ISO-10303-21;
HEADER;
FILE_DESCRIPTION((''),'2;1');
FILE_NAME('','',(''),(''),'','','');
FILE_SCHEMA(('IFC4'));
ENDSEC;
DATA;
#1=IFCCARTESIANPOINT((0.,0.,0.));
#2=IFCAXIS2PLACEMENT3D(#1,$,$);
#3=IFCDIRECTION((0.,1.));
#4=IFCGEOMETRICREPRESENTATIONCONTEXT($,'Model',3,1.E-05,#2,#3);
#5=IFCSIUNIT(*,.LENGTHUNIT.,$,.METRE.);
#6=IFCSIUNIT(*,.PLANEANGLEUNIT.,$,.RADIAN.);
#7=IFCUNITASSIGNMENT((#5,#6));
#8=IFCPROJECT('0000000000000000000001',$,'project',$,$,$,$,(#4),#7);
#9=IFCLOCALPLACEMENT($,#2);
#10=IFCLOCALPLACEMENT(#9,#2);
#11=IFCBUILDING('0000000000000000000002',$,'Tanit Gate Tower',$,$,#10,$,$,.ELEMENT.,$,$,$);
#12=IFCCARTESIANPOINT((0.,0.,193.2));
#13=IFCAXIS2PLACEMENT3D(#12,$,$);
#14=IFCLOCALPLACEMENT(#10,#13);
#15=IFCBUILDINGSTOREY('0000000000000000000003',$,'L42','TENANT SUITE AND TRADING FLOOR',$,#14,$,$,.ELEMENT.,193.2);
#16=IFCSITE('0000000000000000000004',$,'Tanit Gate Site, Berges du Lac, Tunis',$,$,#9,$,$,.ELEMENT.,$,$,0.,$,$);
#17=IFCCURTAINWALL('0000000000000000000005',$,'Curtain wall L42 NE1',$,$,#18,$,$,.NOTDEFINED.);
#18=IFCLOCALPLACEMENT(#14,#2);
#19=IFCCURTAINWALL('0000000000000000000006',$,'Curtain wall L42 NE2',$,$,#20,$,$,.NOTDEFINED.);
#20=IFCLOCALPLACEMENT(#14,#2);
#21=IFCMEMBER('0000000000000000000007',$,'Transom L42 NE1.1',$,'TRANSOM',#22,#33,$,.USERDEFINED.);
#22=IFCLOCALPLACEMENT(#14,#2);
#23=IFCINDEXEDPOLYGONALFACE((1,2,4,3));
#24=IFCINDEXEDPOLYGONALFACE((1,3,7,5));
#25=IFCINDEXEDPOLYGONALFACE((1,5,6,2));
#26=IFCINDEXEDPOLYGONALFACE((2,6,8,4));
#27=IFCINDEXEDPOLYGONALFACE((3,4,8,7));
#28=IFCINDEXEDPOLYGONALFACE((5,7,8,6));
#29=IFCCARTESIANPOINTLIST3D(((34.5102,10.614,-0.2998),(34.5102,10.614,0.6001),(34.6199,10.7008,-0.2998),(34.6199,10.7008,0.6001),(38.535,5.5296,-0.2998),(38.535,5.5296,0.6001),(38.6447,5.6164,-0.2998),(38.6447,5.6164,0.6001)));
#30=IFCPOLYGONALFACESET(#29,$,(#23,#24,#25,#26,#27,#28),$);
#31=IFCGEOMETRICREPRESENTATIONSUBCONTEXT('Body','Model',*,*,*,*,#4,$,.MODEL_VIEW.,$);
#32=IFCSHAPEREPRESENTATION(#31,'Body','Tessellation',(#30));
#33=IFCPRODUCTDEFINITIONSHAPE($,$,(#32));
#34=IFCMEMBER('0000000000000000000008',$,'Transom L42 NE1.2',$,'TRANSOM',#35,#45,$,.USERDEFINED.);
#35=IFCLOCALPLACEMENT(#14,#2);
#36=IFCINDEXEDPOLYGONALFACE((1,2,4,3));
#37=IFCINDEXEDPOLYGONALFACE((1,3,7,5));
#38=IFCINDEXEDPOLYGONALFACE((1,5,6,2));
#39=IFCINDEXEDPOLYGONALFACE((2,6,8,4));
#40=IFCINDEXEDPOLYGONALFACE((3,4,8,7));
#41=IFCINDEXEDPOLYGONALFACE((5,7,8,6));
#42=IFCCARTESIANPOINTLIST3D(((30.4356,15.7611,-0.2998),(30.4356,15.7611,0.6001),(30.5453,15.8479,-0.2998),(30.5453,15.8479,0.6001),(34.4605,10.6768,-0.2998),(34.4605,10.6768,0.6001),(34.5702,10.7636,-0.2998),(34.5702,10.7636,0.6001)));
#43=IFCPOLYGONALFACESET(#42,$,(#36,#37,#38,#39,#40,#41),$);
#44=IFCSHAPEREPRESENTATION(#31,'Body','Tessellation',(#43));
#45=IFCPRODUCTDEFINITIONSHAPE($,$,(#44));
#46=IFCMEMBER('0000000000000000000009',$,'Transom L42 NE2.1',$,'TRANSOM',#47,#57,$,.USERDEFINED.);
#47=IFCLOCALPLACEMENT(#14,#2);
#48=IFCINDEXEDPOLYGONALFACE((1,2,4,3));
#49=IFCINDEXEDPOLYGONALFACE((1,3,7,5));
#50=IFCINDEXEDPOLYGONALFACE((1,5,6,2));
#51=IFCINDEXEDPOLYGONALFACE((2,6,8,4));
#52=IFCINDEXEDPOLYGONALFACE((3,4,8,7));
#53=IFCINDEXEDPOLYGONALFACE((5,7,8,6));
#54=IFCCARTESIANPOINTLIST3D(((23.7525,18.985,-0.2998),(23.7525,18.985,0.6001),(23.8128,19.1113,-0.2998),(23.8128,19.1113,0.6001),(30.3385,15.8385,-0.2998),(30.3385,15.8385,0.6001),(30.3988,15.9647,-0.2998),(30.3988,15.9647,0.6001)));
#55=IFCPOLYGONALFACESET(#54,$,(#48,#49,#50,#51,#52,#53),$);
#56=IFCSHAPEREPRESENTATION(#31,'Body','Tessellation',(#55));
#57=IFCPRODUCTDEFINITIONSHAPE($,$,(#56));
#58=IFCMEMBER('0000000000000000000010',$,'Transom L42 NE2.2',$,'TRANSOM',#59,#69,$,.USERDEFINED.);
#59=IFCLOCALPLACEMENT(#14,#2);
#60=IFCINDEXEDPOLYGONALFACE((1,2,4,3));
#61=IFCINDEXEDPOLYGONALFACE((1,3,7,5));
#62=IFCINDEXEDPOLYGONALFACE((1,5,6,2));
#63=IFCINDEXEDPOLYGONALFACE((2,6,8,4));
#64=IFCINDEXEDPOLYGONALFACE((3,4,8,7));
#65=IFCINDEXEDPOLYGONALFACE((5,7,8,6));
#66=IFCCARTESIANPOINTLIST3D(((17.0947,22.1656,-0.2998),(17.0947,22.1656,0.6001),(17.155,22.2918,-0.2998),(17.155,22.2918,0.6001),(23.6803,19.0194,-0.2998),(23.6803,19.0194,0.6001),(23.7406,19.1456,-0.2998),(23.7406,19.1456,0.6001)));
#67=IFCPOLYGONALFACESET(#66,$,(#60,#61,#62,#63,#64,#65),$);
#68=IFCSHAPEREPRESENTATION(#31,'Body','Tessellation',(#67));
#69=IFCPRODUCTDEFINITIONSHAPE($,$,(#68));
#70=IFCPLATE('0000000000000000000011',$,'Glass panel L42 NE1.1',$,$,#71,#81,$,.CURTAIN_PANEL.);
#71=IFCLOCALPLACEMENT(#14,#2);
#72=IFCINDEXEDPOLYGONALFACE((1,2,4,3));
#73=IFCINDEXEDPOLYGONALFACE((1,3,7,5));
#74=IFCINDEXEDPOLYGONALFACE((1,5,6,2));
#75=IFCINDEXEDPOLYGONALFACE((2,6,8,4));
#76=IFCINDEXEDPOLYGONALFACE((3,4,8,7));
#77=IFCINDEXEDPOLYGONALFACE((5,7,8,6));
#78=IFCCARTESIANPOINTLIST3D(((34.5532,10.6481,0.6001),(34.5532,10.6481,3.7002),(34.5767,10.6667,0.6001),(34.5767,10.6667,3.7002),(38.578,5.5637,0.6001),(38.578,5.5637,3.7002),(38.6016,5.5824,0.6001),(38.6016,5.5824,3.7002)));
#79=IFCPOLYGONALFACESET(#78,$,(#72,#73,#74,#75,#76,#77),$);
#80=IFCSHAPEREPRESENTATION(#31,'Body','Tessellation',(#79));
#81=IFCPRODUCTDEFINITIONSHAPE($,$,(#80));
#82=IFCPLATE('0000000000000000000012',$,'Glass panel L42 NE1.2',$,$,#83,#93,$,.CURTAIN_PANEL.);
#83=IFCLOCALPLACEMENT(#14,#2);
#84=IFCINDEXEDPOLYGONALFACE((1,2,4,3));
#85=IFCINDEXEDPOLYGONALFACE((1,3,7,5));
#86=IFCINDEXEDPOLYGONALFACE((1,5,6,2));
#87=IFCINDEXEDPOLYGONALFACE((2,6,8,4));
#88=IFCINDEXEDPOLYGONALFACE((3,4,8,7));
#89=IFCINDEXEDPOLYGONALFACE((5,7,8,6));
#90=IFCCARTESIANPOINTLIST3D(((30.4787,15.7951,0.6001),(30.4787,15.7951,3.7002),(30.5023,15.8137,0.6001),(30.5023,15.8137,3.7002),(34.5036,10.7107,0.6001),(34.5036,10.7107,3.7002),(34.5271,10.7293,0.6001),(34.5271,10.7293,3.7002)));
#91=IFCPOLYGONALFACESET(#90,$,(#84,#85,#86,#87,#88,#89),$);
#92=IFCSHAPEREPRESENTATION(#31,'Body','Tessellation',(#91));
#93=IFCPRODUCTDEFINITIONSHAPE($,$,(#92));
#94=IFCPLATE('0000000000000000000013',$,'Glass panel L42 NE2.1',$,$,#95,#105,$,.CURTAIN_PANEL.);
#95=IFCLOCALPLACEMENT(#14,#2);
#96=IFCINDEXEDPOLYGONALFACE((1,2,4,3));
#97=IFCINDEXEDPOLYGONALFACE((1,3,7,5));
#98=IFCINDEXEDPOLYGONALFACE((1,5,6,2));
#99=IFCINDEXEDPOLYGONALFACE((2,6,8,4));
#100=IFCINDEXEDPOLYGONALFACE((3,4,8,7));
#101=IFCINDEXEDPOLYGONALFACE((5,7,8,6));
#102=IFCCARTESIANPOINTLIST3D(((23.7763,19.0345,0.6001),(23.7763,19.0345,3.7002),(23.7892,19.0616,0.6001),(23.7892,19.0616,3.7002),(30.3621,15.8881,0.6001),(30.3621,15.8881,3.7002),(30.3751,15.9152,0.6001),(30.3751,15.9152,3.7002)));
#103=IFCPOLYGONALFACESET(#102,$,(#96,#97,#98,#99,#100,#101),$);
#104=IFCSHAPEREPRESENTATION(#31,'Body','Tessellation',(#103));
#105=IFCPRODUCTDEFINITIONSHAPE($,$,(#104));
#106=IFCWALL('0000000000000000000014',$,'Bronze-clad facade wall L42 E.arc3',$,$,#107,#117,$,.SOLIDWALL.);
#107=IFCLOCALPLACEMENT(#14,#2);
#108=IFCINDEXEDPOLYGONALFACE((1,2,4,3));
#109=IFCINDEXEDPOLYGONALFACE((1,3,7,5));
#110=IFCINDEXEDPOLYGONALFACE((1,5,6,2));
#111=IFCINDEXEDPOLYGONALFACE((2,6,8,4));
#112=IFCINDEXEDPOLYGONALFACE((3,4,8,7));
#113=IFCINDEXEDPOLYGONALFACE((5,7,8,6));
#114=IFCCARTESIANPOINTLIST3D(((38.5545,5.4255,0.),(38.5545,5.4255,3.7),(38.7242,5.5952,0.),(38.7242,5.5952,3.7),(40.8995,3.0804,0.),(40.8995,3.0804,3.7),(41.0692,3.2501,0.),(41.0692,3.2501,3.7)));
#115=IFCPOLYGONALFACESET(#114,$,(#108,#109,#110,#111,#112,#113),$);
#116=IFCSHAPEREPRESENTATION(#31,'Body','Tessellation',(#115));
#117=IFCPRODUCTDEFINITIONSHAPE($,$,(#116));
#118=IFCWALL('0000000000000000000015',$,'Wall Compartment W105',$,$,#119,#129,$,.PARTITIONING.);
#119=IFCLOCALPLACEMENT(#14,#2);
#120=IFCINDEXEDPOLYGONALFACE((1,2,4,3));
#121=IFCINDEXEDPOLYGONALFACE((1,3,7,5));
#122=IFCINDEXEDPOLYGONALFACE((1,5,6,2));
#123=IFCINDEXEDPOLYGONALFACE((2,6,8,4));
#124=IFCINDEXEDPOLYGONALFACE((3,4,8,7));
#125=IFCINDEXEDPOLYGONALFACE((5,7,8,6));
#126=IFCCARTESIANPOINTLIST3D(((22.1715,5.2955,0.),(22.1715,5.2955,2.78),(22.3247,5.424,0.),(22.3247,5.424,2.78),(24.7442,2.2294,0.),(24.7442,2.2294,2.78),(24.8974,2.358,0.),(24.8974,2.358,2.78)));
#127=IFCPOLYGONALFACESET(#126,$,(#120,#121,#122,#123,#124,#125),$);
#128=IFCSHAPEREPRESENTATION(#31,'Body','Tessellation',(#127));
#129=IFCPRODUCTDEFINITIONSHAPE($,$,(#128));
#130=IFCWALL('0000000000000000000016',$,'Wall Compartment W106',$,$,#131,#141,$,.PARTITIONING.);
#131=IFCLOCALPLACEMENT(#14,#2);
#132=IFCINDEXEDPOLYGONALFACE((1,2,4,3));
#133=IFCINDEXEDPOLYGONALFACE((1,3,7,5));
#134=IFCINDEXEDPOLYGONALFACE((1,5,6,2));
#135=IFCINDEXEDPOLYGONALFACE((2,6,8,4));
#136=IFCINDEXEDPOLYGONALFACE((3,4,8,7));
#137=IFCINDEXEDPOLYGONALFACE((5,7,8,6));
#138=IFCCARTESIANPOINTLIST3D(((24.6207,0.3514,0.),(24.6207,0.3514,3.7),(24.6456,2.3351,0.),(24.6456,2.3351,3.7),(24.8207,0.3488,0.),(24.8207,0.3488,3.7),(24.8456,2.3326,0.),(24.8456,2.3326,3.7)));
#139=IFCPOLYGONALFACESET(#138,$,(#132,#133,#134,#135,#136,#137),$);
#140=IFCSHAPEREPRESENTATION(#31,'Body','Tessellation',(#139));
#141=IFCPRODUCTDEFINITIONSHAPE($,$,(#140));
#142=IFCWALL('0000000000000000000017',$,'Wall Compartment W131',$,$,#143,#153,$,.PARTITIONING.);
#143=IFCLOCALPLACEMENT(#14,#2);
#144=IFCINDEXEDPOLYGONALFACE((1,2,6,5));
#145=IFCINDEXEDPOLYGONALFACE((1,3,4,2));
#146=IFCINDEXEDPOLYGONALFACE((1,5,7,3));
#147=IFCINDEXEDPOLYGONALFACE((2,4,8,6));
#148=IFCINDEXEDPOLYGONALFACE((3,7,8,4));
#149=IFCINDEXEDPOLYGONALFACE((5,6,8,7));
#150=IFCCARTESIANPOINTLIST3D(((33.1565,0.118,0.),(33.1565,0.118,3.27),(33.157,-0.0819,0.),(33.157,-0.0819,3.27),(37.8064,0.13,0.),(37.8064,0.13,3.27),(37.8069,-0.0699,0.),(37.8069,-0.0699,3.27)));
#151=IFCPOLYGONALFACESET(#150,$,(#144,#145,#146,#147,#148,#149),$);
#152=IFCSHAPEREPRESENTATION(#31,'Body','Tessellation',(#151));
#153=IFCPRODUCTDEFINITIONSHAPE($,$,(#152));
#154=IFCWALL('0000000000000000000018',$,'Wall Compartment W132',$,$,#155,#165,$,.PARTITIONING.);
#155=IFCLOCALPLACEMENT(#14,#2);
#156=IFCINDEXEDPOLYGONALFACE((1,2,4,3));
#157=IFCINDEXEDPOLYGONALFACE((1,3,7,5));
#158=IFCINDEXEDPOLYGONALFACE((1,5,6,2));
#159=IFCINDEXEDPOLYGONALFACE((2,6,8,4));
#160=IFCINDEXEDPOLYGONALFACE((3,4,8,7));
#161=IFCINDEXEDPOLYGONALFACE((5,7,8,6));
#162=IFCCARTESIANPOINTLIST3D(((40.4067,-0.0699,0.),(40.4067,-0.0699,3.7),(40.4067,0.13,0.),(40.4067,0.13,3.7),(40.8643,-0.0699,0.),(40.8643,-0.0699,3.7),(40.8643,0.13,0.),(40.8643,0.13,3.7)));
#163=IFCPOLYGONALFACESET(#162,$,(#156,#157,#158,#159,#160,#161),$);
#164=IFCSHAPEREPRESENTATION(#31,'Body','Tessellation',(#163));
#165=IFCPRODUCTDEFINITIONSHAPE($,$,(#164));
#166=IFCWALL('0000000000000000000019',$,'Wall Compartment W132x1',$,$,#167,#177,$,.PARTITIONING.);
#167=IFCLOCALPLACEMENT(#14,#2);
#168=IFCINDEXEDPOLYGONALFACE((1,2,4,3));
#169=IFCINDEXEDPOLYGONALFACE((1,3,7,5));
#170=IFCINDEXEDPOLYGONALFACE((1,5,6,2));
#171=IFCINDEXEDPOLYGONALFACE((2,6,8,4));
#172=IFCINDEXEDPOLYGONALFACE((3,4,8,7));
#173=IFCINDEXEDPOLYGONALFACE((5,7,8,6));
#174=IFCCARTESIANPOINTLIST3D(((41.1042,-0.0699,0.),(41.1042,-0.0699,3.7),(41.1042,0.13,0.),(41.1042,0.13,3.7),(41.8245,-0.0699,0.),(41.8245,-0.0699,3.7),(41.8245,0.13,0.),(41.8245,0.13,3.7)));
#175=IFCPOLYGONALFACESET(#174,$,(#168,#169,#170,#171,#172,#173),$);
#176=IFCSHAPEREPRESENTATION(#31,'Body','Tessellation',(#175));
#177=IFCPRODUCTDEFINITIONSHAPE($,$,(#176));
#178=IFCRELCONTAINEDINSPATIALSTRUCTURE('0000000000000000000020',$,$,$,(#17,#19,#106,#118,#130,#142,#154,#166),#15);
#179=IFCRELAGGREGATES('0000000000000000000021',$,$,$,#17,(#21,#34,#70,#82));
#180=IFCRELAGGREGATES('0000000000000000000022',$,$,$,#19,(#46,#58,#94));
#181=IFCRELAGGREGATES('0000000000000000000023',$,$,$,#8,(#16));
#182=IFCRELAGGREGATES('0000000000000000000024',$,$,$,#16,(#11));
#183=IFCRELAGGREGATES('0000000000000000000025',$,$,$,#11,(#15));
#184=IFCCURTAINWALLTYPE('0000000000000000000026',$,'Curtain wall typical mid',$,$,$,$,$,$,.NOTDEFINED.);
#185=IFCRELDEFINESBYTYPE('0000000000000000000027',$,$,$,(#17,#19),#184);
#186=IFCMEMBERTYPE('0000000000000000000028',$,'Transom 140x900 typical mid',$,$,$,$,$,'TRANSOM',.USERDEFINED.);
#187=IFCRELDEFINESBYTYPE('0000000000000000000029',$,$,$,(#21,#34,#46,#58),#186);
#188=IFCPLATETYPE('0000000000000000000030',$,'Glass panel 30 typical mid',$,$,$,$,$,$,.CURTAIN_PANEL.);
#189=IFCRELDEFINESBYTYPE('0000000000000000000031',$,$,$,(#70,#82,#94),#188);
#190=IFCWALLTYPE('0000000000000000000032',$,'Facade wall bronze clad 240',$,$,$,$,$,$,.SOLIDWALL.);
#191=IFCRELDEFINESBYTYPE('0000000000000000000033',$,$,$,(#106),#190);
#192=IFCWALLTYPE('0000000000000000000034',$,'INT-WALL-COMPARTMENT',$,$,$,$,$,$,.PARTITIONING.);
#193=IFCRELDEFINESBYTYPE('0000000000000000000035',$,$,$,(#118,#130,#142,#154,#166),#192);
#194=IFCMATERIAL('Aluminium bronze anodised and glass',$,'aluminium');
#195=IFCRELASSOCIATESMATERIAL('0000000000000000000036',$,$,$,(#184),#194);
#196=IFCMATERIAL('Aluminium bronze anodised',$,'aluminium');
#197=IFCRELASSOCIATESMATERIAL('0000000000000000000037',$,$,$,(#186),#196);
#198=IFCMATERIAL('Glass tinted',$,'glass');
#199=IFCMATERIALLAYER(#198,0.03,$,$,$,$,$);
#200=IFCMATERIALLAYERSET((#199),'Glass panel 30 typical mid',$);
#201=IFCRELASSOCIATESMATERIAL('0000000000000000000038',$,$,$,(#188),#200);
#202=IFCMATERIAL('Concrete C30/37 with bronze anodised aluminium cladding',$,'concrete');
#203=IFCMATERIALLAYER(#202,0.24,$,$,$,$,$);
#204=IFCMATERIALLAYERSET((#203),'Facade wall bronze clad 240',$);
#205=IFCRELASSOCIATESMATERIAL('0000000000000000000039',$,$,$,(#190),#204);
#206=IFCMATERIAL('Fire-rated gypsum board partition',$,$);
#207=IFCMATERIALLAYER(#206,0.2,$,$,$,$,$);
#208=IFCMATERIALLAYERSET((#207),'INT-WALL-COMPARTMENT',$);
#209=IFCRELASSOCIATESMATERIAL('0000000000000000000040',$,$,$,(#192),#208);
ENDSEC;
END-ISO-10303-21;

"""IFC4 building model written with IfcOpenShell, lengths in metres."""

from ifc_helpers import new_model, si_unit, direction, frame, frame_2d, origin, origin_2d, place, context, subcontext, project, spatial, rectangle, extrude, material, layer, layer_set, material_profile, profile_set, type_object, element, aggregate, save


model = new_model("IFC4")

# Units and contexts
model_context = context("Model", 3, precision=1e-05, world=origin(), true_north=direction((0.0, 1.0)))
body_context = subcontext(model_context, "Body", "Model", "MODEL_VIEW")
ifc_project = project(units=[si_unit("LENGTHUNIT", "METRE"), si_unit("PLANEANGLEUNIT", "RADIAN")], contexts=[model_context])

# Site, building, storey
site_placement = place(None, origin())
site = spatial("IfcSite", under=ifc_project, at=site_placement, Name="Tanit Gate Site, Berges du Lac, Tunis", CompositionType="ELEMENT", RefElevation=0.0)
building_placement = place(site_placement, origin())
building = spatial("IfcBuilding", under=site, at=building_placement, Name="Tanit Gate Tower", CompositionType="ELEMENT")
storey_placement = place(building_placement, frame((0.0, 0.0, 193.2)))
storey = spatial("IfcBuildingStorey", under=building, at=storey_placement, Name="L42", Description="TENANT SUITE AND TRADING FLOOR", CompositionType="ELEMENT", Elevation=193.2)

# Curtain walls
ifc_material_1 = material(Name="Aluminium bronze anodised and glass", Category="aluminium")
curtain_wall_type = type_object("IfcCurtainWallType", Name="Curtain wall typical mid", PredefinedType="NOTDEFINED", material=ifc_material_1)
curtain_wall_1_placement = place(storey_placement, origin())
curtain_wall_1 = element("IfcCurtainWall", 1, at=curtain_wall_1_placement, inside=storey, type_object=curtain_wall_type, Name="Curtain wall L42 NE1", PredefinedType="NOTDEFINED")
curtain_wall_2_placement = place(storey_placement, origin())
curtain_wall_2 = element("IfcCurtainWall", 2, at=curtain_wall_2_placement, inside=storey, type_object=curtain_wall_type, Name="Curtain wall L42 NE2", PredefinedType="NOTDEFINED")

# Members
ifc_material_2 = material(Name="Aluminium bronze anodised", Category="aluminium")
ifc_material_profile_1 = material_profile(ifc_material_2, rectangle(XDim=0.1399, YDim=0.8999, at=origin_2d()), Name="140x900 bronze transom")
ifc_profile_set_1 = profile_set([ifc_material_profile_1], Name="Aluminium bronze anodised")
member_type_1 = type_object("IfcMemberType", Name="Transom 140x900 typical mid", ElementType="TRANSOM", PredefinedType="USERDEFINED", material=ifc_profile_set_1)
member_1_placement = place(storey_placement, frame((38.5898, 5.573, 0.1501), z_axis=(-0.620674, 0.784069, 0.0), x_axis=(-0.784069, -0.620674, 0.0)))
member_1 = element("IfcMember", 3, at=member_1_placement, type_object=member_type_1, Name="Transom L42 NE1.1", ObjectType="TRANSOM", PredefinedType="USERDEFINED", context=body_context, shape_type="SweptSolid", body=[
    extrude(rectangle(XDim=0.1399, YDim=0.8999, at=origin_2d()), origin(), (0.0, 0.0, 1.0), 6.4846),
])
member_2_placement = place(storey_placement, frame((34.5154, 10.7202, 0.1501), z_axis=(-0.620692, 0.784054, 0.0), x_axis=(-0.784054, -0.620692, 0.0)))
member_2 = element("IfcMember", 4, at=member_2_placement, type_object=member_type_1, Name="Transom L42 NE1.2", ObjectType="TRANSOM", PredefinedType="USERDEFINED", context=body_context, shape_type="SweptSolid", body=[
    extrude(rectangle(XDim=0.1399, YDim=0.8999, at=origin_2d()), origin(), (0.0, 0.0, 1.0), 6.4846),
])
member_3_placement = place(storey_placement, frame((30.3687, 15.9016, 0.1501), z_axis=(-0.902311, 0.431086, 0.0), x_axis=(-0.431086, -0.902311, 0.0)))
member_3 = element("IfcMember", 5, at=member_3_placement, type_object=member_type_1, Name="Transom L42 NE2.1", ObjectType="TRANSOM", PredefinedType="USERDEFINED", context=body_context, shape_type="SweptSolid", body=[
    extrude(rectangle(XDim=0.1399, YDim=0.8999, at=origin_2d()), origin(), (0.0, 0.0, 1.0), 7.2991),
])
member_4_placement = place(storey_placement, frame((23.7104, 19.0825, 0.1501), z_axis=(-0.902318, 0.431072, 0.0), x_axis=(-0.431072, -0.902318, 0.0)))
member_4 = element("IfcMember", 6, at=member_4_placement, type_object=member_type_1, Name="Transom L42 NE2.2", ObjectType="TRANSOM", PredefinedType="USERDEFINED", context=body_context, shape_type="SweptSolid", body=[
    extrude(rectangle(XDim=0.1399, YDim=0.8999, at=origin_2d()), origin(), (0.0, 0.0, 1.0), 7.2986),
])

# Plates
ifc_material_3 = material(Name="Glass tinted", Category="glass")
ifc_layer_1 = layer(ifc_material_3, 0.03)
ifc_layer_set_1 = layer_set([ifc_layer_1], Name="Glass panel 30 typical mid")
plate_type = type_object("IfcPlateType", Name="Glass panel 30 typical mid", PredefinedType="CURTAIN_PANEL", material=ifc_layer_set_1)
plate_1_placement = place(storey_placement, frame((36.5774, 8.1152, 0.6001), z_axis=(0.0, 0.0, 1.0), x_axis=(-0.620675, 0.784068, 0.0)))
plate_1 = element("IfcPlate", 7, at=plate_1_placement, type_object=plate_type, Name="Glass panel L42 NE1.1", PredefinedType="CURTAIN_PANEL", context=body_context, shape_type="SweptSolid", body=[
    extrude(rectangle(XDim=6.4846, YDim=0.03, at=origin_2d()), origin(), (0.0, 0.0, 1.0), 3.1001),
])
plate_2_placement = place(storey_placement, frame((32.5029, 13.2622, 0.6001), z_axis=(0.0, 0.0, 1.0), x_axis=(-0.620675, 0.784068, 0.0)))
plate_2 = element("IfcPlate", 8, at=plate_2_placement, type_object=plate_type, Name="Glass panel L42 NE1.2", PredefinedType="CURTAIN_PANEL", context=body_context, shape_type="SweptSolid", body=[
    extrude(rectangle(XDim=6.4846, YDim=0.03, at=origin_2d()), origin(), (0.0, 0.0, 1.0), 3.1001),
])
aggregate(curtain_wall_1, [member_1, member_2, plate_1, plate_2])
plate_3_placement = place(storey_placement, frame((27.0757, 17.4749, 0.6001), z_axis=(0.0, 0.0, 1.0), x_axis=(-0.902317, 0.431073, 0.0)))
plate_3 = element("IfcPlate", 9, at=plate_3_placement, type_object=plate_type, Name="Glass panel L42 NE2.1", PredefinedType="CURTAIN_PANEL", context=body_context, shape_type="SweptSolid", body=[
    extrude(rectangle(XDim=7.2988, YDim=0.03, at=origin_2d()), origin(), (0.0, 0.0, 1.0), 3.1001),
])
aggregate(curtain_wall_2, [member_3, member_4, plate_3])

# Walls
ifc_material_4 = material(Name="Concrete C30/37 with bronze anodised aluminium cladding", Category="concrete")
ifc_layer_2 = layer(ifc_material_4, 0.24)
ifc_layer_set_2 = layer_set([ifc_layer_2], Name="Facade wall bronze clad 240")
wall_type_1 = type_object("IfcWallType", Name="Facade wall bronze clad 240", PredefinedType="SOLIDWALL", material=ifc_layer_set_2)
wall_1_placement = place(storey_placement, frame((40.9844, 3.1653, 0.0), z_axis=(0.0, 0.0, 1.0), x_axis=(-0.707107, 0.707107, 0.0)))
element("IfcWall", 10, at=wall_1_placement, inside=storey, type_object=wall_type_1, Name="Bronze-clad facade wall L42 E.arc3", PredefinedType="SOLIDWALL", context=body_context, shape_type="SweptSolid", body=[
    extrude(rectangle(XDim=3.3164, YDim=0.24, at=frame_2d((1.6582, 0.0))), origin(), (0.0, 0.0, 1.0), 3.7),
])
ifc_material_5 = material(Name="Fire-rated gypsum board partition")
ifc_layer_3 = layer(ifc_material_5, 0.2)
ifc_layer_set_3 = layer_set([ifc_layer_3], Name="INT-WALL-COMPARTMENT")
wall_type_2 = type_object("IfcWallType", Name="INT-WALL-COMPARTMENT", PredefinedType="PARTITIONING", material=ifc_layer_set_3)
wall_2_placement = place(storey_placement, frame((24.8208, 2.2937, 0.0), z_axis=(0.0, 0.0, 1.0), x_axis=(-0.642779, 0.766052, 0.0)))
element("IfcWall", 11, at=wall_2_placement, inside=storey, type_object=wall_type_2, Name="Wall Compartment W105", PredefinedType="PARTITIONING", context=body_context, shape_type="SweptSolid", body=[
    extrude(rectangle(XDim=4.0024, YDim=0.2, at=frame_2d((2.0012, 0.0))), origin(), (0.0, 0.0, 1.0), 2.78),
])
wall_3_placement = place(storey_placement, frame((24.7207, 0.3501, 0.0), z_axis=(0.0, 0.0, 1.0), x_axis=(0.012553, 0.999921, 0.0)))
element("IfcWall", 12, at=wall_3_placement, inside=storey, type_object=wall_type_2, Name="Wall Compartment W106", PredefinedType="PARTITIONING", context=body_context, shape_type="SweptSolid", body=[
    extrude(rectangle(XDim=1.9839, YDim=0.2, at=frame_2d((0.9919, 0.0))), origin(), (0.0, 0.0, 1.0), 3.7),
])
wall_4_placement = place(storey_placement, frame((33.1567, 0.0181, 0.0), z_axis=(0.0, 0.0, 1.0), x_axis=(0.999997, 0.002573, 0.0)))
element("IfcWall", 13, at=wall_4_placement, inside=storey, type_object=wall_type_2, Name="Wall Compartment W131", PredefinedType="PARTITIONING", context=body_context, shape_type="SweptSolid", body=[
    extrude(rectangle(XDim=4.6499, YDim=0.2, at=frame_2d((2.325, 0.0))), origin(), (0.0, 0.0, 1.0), 3.27),
])
wall_5_placement = place(storey_placement, frame((40.4067, 0.03, 0.0), z_axis=(0.0, 0.0, 1.0), x_axis=(1.0, 0.0, 0.0)))
element("IfcWall", 14, at=wall_5_placement, inside=storey, type_object=wall_type_2, Name="Wall Compartment W132", PredefinedType="PARTITIONING", context=body_context, shape_type="SweptSolid", body=[
    extrude(rectangle(XDim=0.4575, YDim=0.2, at=frame_2d((0.2288, 0.0))), origin(), (0.0, 0.0, 1.0), 3.7),
])
wall_6_placement = place(storey_placement, frame((41.1042, 0.03, 0.0), z_axis=(0.0, 0.0, 1.0), x_axis=(1.0, 0.0, 0.0)))
element("IfcWall", 15, at=wall_6_placement, inside=storey, type_object=wall_type_2, Name="Wall Compartment W132x1", PredefinedType="PARTITIONING", context=body_context, shape_type="SweptSolid", body=[
    extrude(rectangle(XDim=0.7202, YDim=0.2, at=frame_2d((0.3601, 0.0))), origin(), (0.0, 0.0, 1.0), 3.7),
])

save(model, "model.ifc")
